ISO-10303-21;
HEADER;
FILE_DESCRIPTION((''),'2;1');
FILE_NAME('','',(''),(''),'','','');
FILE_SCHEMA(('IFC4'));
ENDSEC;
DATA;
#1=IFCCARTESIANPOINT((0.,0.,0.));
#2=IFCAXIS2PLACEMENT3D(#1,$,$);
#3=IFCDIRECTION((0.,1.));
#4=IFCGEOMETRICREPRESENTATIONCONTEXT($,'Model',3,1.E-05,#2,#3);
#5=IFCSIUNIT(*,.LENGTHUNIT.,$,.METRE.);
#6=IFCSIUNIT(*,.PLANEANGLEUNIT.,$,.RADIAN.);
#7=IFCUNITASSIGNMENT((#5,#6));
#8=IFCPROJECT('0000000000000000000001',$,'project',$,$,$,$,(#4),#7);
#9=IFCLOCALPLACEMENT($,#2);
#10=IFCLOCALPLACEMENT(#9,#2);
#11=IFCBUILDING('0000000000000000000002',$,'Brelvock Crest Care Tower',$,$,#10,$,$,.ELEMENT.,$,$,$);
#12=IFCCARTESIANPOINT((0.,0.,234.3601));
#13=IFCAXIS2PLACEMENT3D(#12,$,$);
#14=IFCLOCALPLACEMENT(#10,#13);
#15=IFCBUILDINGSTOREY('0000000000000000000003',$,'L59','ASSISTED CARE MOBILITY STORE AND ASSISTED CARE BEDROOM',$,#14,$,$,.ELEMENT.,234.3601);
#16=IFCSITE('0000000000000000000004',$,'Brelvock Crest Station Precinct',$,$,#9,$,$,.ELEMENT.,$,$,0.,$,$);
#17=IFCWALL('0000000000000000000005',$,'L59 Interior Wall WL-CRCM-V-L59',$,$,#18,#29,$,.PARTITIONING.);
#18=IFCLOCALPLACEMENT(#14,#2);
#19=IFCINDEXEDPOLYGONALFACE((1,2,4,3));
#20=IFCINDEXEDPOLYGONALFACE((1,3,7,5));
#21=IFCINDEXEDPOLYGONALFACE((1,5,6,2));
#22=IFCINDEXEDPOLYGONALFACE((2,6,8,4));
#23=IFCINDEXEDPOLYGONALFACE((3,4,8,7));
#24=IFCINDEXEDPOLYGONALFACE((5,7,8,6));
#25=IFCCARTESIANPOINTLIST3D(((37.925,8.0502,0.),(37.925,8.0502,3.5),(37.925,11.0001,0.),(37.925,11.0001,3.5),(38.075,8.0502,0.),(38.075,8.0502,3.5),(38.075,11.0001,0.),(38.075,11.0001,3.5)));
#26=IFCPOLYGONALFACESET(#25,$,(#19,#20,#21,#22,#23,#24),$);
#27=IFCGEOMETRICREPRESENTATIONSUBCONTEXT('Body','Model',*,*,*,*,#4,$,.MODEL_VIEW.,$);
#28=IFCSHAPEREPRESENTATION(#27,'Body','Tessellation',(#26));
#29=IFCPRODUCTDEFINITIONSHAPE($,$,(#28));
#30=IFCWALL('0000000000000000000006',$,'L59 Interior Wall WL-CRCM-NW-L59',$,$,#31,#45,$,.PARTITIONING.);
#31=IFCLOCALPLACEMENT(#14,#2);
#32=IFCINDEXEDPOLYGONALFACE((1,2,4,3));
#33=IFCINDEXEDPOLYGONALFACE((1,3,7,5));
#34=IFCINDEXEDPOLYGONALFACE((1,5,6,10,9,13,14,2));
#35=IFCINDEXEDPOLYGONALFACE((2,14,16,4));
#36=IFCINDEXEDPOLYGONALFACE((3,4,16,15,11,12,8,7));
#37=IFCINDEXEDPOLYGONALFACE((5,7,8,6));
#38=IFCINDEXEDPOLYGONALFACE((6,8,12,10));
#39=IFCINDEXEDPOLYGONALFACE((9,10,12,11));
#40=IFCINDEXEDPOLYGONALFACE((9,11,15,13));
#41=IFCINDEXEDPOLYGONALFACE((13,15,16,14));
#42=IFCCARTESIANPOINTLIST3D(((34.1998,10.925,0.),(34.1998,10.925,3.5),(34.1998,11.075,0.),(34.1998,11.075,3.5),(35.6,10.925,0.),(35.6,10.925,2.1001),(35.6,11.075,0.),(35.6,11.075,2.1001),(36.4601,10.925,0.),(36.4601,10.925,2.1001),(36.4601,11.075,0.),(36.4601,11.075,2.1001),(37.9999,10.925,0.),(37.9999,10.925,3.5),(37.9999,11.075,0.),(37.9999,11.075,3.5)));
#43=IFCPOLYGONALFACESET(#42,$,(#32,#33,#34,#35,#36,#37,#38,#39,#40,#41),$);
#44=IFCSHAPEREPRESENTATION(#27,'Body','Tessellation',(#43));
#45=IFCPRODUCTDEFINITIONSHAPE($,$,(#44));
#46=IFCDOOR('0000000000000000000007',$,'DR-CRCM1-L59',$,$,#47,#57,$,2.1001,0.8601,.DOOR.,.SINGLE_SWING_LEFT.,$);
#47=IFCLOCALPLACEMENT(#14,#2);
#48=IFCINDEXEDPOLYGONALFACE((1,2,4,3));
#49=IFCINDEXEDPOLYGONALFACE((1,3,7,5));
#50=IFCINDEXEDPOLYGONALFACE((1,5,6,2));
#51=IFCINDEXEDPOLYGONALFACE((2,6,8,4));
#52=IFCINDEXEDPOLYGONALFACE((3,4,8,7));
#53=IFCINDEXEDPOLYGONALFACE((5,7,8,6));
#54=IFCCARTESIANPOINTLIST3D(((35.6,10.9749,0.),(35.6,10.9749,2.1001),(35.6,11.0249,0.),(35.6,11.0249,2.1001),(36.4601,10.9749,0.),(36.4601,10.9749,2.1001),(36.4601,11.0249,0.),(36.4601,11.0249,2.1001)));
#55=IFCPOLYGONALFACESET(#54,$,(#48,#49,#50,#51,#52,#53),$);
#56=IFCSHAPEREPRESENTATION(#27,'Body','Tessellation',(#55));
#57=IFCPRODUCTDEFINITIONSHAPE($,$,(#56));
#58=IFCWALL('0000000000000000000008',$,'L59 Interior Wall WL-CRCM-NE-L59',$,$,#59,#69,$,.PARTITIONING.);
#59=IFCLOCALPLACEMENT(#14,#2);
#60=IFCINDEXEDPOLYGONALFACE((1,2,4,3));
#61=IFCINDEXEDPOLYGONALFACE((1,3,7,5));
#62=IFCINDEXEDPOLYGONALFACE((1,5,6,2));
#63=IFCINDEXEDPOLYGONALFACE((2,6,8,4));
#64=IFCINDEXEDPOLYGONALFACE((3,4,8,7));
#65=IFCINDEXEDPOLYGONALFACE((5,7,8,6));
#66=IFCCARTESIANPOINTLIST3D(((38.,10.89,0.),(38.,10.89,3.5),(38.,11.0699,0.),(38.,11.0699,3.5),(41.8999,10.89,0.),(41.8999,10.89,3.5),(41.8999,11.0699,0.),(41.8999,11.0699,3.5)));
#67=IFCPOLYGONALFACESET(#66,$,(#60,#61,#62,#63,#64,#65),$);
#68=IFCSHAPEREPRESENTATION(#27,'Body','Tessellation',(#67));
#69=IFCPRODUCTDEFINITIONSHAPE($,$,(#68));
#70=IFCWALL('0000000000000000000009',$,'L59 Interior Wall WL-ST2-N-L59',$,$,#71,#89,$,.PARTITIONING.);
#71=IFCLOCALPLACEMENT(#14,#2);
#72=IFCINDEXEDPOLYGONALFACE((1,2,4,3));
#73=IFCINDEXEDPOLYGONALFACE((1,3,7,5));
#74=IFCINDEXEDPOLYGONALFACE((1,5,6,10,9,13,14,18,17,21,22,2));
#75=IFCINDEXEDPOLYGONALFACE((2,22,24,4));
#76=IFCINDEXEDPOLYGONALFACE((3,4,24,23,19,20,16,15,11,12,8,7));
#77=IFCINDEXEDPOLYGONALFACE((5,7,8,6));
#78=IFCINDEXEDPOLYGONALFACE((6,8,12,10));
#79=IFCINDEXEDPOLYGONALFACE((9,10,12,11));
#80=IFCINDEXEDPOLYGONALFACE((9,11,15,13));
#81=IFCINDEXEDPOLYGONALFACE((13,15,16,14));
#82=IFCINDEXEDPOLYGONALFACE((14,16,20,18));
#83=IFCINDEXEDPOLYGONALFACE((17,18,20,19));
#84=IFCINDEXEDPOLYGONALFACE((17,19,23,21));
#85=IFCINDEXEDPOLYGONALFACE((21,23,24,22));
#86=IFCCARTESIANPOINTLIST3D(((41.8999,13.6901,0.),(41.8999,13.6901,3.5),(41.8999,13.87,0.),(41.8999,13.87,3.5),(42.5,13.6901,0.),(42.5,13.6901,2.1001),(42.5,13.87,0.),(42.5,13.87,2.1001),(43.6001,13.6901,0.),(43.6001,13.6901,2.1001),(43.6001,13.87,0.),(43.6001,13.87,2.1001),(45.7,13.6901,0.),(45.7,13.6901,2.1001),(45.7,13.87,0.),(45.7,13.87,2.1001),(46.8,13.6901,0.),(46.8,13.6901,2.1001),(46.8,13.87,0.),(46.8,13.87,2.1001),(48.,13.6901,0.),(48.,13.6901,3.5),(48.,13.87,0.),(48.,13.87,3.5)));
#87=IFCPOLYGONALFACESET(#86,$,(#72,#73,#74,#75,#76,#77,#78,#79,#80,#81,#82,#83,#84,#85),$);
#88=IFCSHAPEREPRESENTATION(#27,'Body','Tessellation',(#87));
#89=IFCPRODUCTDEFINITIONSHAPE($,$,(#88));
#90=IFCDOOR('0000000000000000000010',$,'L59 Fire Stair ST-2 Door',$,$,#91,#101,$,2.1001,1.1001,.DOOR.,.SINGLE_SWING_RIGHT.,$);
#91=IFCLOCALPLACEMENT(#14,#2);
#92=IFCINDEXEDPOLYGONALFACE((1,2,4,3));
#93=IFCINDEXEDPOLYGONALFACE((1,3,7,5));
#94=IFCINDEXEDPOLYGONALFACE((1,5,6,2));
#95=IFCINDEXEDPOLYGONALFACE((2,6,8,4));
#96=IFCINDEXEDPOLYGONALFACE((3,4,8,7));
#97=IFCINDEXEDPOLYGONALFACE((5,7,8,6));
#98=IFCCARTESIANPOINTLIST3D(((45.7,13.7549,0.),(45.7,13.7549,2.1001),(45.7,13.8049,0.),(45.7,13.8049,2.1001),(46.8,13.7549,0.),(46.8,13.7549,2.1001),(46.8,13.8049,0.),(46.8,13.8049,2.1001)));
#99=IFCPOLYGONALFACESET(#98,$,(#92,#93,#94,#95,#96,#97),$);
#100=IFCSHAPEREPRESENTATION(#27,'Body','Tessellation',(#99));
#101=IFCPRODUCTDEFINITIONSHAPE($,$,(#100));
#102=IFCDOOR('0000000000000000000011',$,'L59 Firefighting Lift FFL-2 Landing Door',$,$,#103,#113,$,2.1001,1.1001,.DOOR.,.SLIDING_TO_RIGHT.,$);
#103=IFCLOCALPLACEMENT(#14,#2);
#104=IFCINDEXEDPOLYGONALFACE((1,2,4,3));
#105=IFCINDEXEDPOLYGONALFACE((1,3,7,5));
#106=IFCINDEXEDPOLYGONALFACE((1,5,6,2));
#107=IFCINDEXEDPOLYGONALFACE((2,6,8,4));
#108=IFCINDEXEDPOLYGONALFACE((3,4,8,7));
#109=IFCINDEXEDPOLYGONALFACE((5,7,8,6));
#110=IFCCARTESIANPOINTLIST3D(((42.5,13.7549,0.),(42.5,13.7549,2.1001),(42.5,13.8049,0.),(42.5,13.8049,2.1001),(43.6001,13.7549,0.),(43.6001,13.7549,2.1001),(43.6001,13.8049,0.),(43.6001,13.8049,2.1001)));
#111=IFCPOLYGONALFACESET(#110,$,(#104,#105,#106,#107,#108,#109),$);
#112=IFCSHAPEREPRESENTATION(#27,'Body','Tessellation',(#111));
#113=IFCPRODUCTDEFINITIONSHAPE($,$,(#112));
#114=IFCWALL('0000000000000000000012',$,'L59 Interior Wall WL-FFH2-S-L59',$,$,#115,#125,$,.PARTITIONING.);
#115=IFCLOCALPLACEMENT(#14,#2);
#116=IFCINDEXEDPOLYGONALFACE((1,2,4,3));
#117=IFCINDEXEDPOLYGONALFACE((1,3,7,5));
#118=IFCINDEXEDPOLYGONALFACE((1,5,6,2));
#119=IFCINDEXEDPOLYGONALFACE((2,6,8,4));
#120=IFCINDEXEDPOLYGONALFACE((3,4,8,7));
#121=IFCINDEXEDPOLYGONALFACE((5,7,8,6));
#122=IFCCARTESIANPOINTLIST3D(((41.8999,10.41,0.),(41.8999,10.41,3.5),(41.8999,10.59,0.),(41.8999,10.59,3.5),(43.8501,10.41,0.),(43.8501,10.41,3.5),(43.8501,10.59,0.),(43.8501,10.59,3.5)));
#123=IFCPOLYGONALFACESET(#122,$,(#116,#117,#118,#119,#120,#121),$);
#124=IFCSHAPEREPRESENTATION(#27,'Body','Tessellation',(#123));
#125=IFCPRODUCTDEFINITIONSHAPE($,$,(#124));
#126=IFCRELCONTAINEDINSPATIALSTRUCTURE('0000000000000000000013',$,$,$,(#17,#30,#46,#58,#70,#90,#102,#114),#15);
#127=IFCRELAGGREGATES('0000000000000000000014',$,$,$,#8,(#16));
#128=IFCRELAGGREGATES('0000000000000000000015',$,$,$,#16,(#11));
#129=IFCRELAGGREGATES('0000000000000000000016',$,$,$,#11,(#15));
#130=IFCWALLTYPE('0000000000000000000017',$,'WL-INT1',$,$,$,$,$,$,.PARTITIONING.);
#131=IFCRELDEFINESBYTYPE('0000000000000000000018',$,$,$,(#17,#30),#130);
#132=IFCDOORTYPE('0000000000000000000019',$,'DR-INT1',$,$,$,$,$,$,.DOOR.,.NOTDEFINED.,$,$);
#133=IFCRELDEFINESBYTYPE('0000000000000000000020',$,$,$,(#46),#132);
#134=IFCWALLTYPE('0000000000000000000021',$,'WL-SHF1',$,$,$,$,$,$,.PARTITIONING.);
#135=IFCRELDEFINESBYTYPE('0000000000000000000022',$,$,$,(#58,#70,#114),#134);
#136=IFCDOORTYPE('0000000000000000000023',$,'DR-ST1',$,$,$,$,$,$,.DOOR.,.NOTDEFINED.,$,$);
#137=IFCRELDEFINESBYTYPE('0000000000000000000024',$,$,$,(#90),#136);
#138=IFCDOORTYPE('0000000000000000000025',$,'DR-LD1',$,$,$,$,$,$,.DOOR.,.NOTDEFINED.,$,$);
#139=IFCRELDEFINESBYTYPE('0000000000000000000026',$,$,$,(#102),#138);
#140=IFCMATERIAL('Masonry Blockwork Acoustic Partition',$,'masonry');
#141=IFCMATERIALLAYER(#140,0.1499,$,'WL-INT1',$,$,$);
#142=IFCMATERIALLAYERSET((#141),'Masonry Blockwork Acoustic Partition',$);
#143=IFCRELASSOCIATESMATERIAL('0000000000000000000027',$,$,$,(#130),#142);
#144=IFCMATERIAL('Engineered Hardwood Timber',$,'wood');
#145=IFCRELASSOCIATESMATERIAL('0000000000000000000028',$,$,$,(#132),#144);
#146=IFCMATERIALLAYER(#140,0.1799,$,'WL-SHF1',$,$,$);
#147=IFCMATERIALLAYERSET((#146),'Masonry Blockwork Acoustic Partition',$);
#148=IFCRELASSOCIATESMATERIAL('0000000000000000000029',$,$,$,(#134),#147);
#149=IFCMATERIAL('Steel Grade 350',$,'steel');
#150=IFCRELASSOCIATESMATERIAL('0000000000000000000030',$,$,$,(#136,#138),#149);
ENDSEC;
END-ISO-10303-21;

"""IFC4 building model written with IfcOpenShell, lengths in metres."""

from ifc_helpers import new_model, si_unit, direction, frame, frame_2d, origin, origin_2d, place, context, subcontext, project, spatial, rectangle, extrude, source, transform, mapped, material, layer, layer_set, type_object, element, fill, save


model = new_model("IFC4")

# Units and contexts
model_context = context("Model", 3, precision=1e-05, world=origin(), true_north=direction((0.0, 1.0)))
body_context = subcontext(model_context, "Body", "Model", "MODEL_VIEW")
ifc_project = project(units=[si_unit("LENGTHUNIT", "METRE"), si_unit("PLANEANGLEUNIT", "RADIAN")], contexts=[model_context])

# Site, building, storey
site_placement = place(None, origin())
site = spatial("IfcSite", under=ifc_project, at=site_placement, Name="Brelvock Crest Station Precinct", CompositionType="ELEMENT", RefElevation=0.0)
building_placement = place(site_placement, origin())
building = spatial("IfcBuilding", under=site, at=building_placement, Name="Brelvock Crest Care Tower", CompositionType="ELEMENT")
storey_placement = place(building_placement, frame((0.0, 0.0, 234.3601)))
storey = spatial("IfcBuildingStorey", under=building, at=storey_placement, Name="L59", Description="ASSISTED CARE MOBILITY STORE AND ASSISTED CARE BEDROOM", CompositionType="ELEMENT", Elevation=234.3601)

# Shared definitions
ifc_material_1 = material(Name="Steel Grade 350", Category="steel")

# Shared definitions
ifc_material_2 = material(Name="Masonry Blockwork Acoustic Partition", Category="masonry")
ifc_layer_1 = layer(ifc_material_2, 0.1499, Name="WL-INT1")
ifc_layer_set_1 = layer_set([ifc_layer_1], Name="Masonry Blockwork Acoustic Partition")
wall_type_1 = type_object("IfcWallType", Name="WL-INT1", PredefinedType="PARTITIONING", material=ifc_layer_set_1)
ifc_material_3 = material(Name="Engineered Hardwood Timber", Category="wood")
door_type_1 = type_object("IfcDoorType", Name="DR-INT1", OperationType="NOTDEFINED", PredefinedType="DOOR", material=ifc_material_3)
shared_shape_1 = source(origin(), body_context, "Body", "SweptSolid", [
    extrude(rectangle(XDim=0.8601, YDim=2.1001, at=origin_2d()), frame((0.4302, 0.0249, 1.05), z_axis=(0.0, -1.0, 0.0), x_axis=(1.0, 0.0, 0.0)), (0.0, 0.0, 1.0), 0.05),
])

# Wall
wall_1_placement = place(storey_placement, frame((38.0, 8.05, 0.0), z_axis=(0.0, 0.0, 1.0), x_axis=(0.0, 1.0, 0.0)))
element("IfcWall", 1, at=wall_1_placement, inside=storey, type_object=wall_type_1, Name="L59 Interior Wall WL-CRCM-V-L59", PredefinedType="PARTITIONING", context=body_context, shape_type="SweptSolid", body=[
    extrude(rectangle(XDim=2.95, YDim=0.1499, at=frame_2d((1.4751, 0.0))), origin(), (0.0, 0.0, 1.0), 3.5),
])

# Wall, opening, door
wall_2_placement = place(storey_placement, frame((34.2, 11.0, 0.0), z_axis=(0.0, 0.0, 1.0), x_axis=(1.0, 0.0, 0.0)))
wall_2 = element("IfcWall", 2, at=wall_2_placement, inside=storey, type_object=wall_type_1, Name="L59 Interior Wall WL-CRCM-NW-L59", PredefinedType="PARTITIONING", context=body_context, shape_type="SweptSolid", body=[
    extrude(rectangle(XDim=3.8, YDim=0.1499, at=frame_2d((1.8999, 0.0))), origin(), (0.0, 0.0, 1.0), 3.5),
])
opening_1_placement = place(wall_2_placement, frame((1.3999, 0.0, 0.0)))
opening_1 = element("IfcOpeningElement", 3, at=opening_1_placement, cuts=wall_2, PredefinedType="OPENING", context=body_context, shape_type="SweptSolid", body=[
    extrude(rectangle(XDim=0.8601, YDim=2.1001, at=origin_2d()), frame((0.4302, 0.085, 1.05), z_axis=(0.0, -1.0, 0.0), x_axis=(1.0, 0.0, 0.0)), (0.0, 0.0, 1.0), 0.1699),
])
door_1_placement = place(opening_1_placement, origin())
door_1 = element("IfcDoor", 4, at=door_1_placement, inside=storey, type_object=door_type_1, Name="DR-CRCM1-L59", OperationType="SINGLE_SWING_LEFT", OverallHeight=2.1001, OverallWidth=0.8601, PredefinedType="DOOR", context=body_context, shape_type="MappedRepresentation", body=[
    mapped(shared_shape_1, transform((0.0, 0.0, 0.0), x_axis=(1.0, 0.0, 0.0), y_axis=(0.0, 1.0, 0.0), z_axis=(0.0, 0.0, 1.0), scale=1.0)),
])
fill(opening_1, door_1)

# Wall
ifc_layer_2 = layer(ifc_material_2, 0.1799, Name="WL-SHF1")
ifc_layer_set_2 = layer_set([ifc_layer_2], Name="Masonry Blockwork Acoustic Partition")
wall_type_2 = type_object("IfcWallType", Name="WL-SHF1", PredefinedType="PARTITIONING", material=ifc_layer_set_2)
wall_3_placement = place(storey_placement, frame((38.0, 10.98, 0.0), z_axis=(0.0, 0.0, 1.0), x_axis=(1.0, 0.0, 0.0)))
element("IfcWall", 5, at=wall_3_placement, inside=storey, type_object=wall_type_2, Name="L59 Interior Wall WL-CRCM-NE-L59", PredefinedType="PARTITIONING", context=body_context, shape_type="SweptSolid", body=[
    extrude(rectangle(XDim=3.8999, YDim=0.1799, at=frame_2d((1.95, 0.0))), origin(), (0.0, 0.0, 1.0), 3.5),
])

# Wall, openings, doors
wall_4_placement = place(storey_placement, frame((41.8999, 13.78, 0.0), z_axis=(0.0, 0.0, 1.0), x_axis=(1.0, 0.0, 0.0)))
wall_4 = element("IfcWall", 6, at=wall_4_placement, inside=storey, type_object=wall_type_2, Name="L59 Interior Wall WL-ST2-N-L59", PredefinedType="PARTITIONING", context=body_context, shape_type="SweptSolid", body=[
    extrude(rectangle(XDim=6.1001, YDim=0.1799, at=frame_2d((3.05, 0.0))), origin(), (0.0, 0.0, 1.0), 3.5),
])
opening_2_placement = place(wall_4_placement, frame((0.6001, 0.0, 0.0)))
opening_2 = element("IfcOpeningElement", 7, at=opening_2_placement, cuts=wall_4, PredefinedType="OPENING", context=body_context, shape_type="SweptSolid", body=[
    extrude(rectangle(XDim=1.1001, YDim=2.1001, at=origin_2d()), frame((0.55, 0.1001, 1.05), z_axis=(0.0, -1.0, 0.0), x_axis=(1.0, 0.0, 0.0)), (0.0, 0.0, 1.0), 0.2),
])
opening_3_placement = place(wall_4_placement, frame((3.8, 0.0, 0.0)))
opening_3 = element("IfcOpeningElement", 8, at=opening_3_placement, cuts=wall_4, PredefinedType="OPENING", context=body_context, shape_type="SweptSolid", body=[
    extrude(rectangle(XDim=1.1001, YDim=2.1001, at=origin_2d()), frame((0.55, 0.1001, 1.05), z_axis=(0.0, -1.0, 0.0), x_axis=(1.0, 0.0, 0.0)), (0.0, 0.0, 1.0), 0.2),
])
door_type_2 = type_object("IfcDoorType", Name="DR-ST1", OperationType="NOTDEFINED", PredefinedType="DOOR", material=ifc_material_1)
shared_shape_2 = source(origin(), body_context, "Body", "SweptSolid", [
    extrude(rectangle(XDim=1.1001, YDim=2.1001, at=origin_2d()), frame((0.55, 0.0249, 1.05), z_axis=(0.0, -1.0, 0.0), x_axis=(1.0, 0.0, 0.0)), (0.0, 0.0, 1.0), 0.05),
])
door_2_placement = place(opening_3_placement, origin())
door_2 = element("IfcDoor", 9, at=door_2_placement, inside=storey, type_object=door_type_2, Name="L59 Fire Stair ST-2 Door", OperationType="SINGLE_SWING_RIGHT", OverallHeight=2.1001, OverallWidth=1.1001, PredefinedType="DOOR", context=body_context, shape_type="MappedRepresentation", body=[
    mapped(shared_shape_2, transform((0.0, 0.0, 0.0), x_axis=(1.0, 0.0, 0.0), y_axis=(0.0, 1.0, 0.0), z_axis=(0.0, 0.0, 1.0), scale=1.0)),
])
fill(opening_3, door_2)
door_type_3 = type_object("IfcDoorType", Name="DR-LD1", OperationType="NOTDEFINED", PredefinedType="DOOR", material=ifc_material_1)
shared_shape_3 = source(origin(), body_context, "Body", "SweptSolid", [
    extrude(rectangle(XDim=1.1001, YDim=2.1001, at=origin_2d()), frame((0.55, 0.0249, 1.05), z_axis=(0.0, -1.0, 0.0), x_axis=(1.0, 0.0, 0.0)), (0.0, 0.0, 1.0), 0.05),
])
door_3_placement = place(opening_2_placement, origin())
door_3 = element("IfcDoor", 10, at=door_3_placement, inside=storey, type_object=door_type_3, Name="L59 Firefighting Lift FFL-2 Landing Door", OperationType="SLIDING_TO_RIGHT", OverallHeight=2.1001, OverallWidth=1.1001, PredefinedType="DOOR", context=body_context, shape_type="MappedRepresentation", body=[
    mapped(shared_shape_3, transform((0.0, 0.0, 0.0), x_axis=(1.0, 0.0, 0.0), y_axis=(0.0, 1.0, 0.0), z_axis=(0.0, 0.0, 1.0), scale=1.0)),
])
fill(opening_2, door_3)

# Wall
wall_5_placement = place(storey_placement, frame((41.8999, 10.5, 0.0), z_axis=(0.0, 0.0, 1.0), x_axis=(1.0, 0.0, 0.0)))
element("IfcWall", 11, at=wall_5_placement, inside=storey, type_object=wall_type_2, Name="L59 Interior Wall WL-FFH2-S-L59", PredefinedType="PARTITIONING", context=body_context, shape_type="SweptSolid", body=[
    extrude(rectangle(XDim=1.9502, YDim=0.1799, at=frame_2d((0.9751, 0.0))), origin(), (0.0, 0.0, 1.0), 3.5),
])

save(model, "model.ifc")
